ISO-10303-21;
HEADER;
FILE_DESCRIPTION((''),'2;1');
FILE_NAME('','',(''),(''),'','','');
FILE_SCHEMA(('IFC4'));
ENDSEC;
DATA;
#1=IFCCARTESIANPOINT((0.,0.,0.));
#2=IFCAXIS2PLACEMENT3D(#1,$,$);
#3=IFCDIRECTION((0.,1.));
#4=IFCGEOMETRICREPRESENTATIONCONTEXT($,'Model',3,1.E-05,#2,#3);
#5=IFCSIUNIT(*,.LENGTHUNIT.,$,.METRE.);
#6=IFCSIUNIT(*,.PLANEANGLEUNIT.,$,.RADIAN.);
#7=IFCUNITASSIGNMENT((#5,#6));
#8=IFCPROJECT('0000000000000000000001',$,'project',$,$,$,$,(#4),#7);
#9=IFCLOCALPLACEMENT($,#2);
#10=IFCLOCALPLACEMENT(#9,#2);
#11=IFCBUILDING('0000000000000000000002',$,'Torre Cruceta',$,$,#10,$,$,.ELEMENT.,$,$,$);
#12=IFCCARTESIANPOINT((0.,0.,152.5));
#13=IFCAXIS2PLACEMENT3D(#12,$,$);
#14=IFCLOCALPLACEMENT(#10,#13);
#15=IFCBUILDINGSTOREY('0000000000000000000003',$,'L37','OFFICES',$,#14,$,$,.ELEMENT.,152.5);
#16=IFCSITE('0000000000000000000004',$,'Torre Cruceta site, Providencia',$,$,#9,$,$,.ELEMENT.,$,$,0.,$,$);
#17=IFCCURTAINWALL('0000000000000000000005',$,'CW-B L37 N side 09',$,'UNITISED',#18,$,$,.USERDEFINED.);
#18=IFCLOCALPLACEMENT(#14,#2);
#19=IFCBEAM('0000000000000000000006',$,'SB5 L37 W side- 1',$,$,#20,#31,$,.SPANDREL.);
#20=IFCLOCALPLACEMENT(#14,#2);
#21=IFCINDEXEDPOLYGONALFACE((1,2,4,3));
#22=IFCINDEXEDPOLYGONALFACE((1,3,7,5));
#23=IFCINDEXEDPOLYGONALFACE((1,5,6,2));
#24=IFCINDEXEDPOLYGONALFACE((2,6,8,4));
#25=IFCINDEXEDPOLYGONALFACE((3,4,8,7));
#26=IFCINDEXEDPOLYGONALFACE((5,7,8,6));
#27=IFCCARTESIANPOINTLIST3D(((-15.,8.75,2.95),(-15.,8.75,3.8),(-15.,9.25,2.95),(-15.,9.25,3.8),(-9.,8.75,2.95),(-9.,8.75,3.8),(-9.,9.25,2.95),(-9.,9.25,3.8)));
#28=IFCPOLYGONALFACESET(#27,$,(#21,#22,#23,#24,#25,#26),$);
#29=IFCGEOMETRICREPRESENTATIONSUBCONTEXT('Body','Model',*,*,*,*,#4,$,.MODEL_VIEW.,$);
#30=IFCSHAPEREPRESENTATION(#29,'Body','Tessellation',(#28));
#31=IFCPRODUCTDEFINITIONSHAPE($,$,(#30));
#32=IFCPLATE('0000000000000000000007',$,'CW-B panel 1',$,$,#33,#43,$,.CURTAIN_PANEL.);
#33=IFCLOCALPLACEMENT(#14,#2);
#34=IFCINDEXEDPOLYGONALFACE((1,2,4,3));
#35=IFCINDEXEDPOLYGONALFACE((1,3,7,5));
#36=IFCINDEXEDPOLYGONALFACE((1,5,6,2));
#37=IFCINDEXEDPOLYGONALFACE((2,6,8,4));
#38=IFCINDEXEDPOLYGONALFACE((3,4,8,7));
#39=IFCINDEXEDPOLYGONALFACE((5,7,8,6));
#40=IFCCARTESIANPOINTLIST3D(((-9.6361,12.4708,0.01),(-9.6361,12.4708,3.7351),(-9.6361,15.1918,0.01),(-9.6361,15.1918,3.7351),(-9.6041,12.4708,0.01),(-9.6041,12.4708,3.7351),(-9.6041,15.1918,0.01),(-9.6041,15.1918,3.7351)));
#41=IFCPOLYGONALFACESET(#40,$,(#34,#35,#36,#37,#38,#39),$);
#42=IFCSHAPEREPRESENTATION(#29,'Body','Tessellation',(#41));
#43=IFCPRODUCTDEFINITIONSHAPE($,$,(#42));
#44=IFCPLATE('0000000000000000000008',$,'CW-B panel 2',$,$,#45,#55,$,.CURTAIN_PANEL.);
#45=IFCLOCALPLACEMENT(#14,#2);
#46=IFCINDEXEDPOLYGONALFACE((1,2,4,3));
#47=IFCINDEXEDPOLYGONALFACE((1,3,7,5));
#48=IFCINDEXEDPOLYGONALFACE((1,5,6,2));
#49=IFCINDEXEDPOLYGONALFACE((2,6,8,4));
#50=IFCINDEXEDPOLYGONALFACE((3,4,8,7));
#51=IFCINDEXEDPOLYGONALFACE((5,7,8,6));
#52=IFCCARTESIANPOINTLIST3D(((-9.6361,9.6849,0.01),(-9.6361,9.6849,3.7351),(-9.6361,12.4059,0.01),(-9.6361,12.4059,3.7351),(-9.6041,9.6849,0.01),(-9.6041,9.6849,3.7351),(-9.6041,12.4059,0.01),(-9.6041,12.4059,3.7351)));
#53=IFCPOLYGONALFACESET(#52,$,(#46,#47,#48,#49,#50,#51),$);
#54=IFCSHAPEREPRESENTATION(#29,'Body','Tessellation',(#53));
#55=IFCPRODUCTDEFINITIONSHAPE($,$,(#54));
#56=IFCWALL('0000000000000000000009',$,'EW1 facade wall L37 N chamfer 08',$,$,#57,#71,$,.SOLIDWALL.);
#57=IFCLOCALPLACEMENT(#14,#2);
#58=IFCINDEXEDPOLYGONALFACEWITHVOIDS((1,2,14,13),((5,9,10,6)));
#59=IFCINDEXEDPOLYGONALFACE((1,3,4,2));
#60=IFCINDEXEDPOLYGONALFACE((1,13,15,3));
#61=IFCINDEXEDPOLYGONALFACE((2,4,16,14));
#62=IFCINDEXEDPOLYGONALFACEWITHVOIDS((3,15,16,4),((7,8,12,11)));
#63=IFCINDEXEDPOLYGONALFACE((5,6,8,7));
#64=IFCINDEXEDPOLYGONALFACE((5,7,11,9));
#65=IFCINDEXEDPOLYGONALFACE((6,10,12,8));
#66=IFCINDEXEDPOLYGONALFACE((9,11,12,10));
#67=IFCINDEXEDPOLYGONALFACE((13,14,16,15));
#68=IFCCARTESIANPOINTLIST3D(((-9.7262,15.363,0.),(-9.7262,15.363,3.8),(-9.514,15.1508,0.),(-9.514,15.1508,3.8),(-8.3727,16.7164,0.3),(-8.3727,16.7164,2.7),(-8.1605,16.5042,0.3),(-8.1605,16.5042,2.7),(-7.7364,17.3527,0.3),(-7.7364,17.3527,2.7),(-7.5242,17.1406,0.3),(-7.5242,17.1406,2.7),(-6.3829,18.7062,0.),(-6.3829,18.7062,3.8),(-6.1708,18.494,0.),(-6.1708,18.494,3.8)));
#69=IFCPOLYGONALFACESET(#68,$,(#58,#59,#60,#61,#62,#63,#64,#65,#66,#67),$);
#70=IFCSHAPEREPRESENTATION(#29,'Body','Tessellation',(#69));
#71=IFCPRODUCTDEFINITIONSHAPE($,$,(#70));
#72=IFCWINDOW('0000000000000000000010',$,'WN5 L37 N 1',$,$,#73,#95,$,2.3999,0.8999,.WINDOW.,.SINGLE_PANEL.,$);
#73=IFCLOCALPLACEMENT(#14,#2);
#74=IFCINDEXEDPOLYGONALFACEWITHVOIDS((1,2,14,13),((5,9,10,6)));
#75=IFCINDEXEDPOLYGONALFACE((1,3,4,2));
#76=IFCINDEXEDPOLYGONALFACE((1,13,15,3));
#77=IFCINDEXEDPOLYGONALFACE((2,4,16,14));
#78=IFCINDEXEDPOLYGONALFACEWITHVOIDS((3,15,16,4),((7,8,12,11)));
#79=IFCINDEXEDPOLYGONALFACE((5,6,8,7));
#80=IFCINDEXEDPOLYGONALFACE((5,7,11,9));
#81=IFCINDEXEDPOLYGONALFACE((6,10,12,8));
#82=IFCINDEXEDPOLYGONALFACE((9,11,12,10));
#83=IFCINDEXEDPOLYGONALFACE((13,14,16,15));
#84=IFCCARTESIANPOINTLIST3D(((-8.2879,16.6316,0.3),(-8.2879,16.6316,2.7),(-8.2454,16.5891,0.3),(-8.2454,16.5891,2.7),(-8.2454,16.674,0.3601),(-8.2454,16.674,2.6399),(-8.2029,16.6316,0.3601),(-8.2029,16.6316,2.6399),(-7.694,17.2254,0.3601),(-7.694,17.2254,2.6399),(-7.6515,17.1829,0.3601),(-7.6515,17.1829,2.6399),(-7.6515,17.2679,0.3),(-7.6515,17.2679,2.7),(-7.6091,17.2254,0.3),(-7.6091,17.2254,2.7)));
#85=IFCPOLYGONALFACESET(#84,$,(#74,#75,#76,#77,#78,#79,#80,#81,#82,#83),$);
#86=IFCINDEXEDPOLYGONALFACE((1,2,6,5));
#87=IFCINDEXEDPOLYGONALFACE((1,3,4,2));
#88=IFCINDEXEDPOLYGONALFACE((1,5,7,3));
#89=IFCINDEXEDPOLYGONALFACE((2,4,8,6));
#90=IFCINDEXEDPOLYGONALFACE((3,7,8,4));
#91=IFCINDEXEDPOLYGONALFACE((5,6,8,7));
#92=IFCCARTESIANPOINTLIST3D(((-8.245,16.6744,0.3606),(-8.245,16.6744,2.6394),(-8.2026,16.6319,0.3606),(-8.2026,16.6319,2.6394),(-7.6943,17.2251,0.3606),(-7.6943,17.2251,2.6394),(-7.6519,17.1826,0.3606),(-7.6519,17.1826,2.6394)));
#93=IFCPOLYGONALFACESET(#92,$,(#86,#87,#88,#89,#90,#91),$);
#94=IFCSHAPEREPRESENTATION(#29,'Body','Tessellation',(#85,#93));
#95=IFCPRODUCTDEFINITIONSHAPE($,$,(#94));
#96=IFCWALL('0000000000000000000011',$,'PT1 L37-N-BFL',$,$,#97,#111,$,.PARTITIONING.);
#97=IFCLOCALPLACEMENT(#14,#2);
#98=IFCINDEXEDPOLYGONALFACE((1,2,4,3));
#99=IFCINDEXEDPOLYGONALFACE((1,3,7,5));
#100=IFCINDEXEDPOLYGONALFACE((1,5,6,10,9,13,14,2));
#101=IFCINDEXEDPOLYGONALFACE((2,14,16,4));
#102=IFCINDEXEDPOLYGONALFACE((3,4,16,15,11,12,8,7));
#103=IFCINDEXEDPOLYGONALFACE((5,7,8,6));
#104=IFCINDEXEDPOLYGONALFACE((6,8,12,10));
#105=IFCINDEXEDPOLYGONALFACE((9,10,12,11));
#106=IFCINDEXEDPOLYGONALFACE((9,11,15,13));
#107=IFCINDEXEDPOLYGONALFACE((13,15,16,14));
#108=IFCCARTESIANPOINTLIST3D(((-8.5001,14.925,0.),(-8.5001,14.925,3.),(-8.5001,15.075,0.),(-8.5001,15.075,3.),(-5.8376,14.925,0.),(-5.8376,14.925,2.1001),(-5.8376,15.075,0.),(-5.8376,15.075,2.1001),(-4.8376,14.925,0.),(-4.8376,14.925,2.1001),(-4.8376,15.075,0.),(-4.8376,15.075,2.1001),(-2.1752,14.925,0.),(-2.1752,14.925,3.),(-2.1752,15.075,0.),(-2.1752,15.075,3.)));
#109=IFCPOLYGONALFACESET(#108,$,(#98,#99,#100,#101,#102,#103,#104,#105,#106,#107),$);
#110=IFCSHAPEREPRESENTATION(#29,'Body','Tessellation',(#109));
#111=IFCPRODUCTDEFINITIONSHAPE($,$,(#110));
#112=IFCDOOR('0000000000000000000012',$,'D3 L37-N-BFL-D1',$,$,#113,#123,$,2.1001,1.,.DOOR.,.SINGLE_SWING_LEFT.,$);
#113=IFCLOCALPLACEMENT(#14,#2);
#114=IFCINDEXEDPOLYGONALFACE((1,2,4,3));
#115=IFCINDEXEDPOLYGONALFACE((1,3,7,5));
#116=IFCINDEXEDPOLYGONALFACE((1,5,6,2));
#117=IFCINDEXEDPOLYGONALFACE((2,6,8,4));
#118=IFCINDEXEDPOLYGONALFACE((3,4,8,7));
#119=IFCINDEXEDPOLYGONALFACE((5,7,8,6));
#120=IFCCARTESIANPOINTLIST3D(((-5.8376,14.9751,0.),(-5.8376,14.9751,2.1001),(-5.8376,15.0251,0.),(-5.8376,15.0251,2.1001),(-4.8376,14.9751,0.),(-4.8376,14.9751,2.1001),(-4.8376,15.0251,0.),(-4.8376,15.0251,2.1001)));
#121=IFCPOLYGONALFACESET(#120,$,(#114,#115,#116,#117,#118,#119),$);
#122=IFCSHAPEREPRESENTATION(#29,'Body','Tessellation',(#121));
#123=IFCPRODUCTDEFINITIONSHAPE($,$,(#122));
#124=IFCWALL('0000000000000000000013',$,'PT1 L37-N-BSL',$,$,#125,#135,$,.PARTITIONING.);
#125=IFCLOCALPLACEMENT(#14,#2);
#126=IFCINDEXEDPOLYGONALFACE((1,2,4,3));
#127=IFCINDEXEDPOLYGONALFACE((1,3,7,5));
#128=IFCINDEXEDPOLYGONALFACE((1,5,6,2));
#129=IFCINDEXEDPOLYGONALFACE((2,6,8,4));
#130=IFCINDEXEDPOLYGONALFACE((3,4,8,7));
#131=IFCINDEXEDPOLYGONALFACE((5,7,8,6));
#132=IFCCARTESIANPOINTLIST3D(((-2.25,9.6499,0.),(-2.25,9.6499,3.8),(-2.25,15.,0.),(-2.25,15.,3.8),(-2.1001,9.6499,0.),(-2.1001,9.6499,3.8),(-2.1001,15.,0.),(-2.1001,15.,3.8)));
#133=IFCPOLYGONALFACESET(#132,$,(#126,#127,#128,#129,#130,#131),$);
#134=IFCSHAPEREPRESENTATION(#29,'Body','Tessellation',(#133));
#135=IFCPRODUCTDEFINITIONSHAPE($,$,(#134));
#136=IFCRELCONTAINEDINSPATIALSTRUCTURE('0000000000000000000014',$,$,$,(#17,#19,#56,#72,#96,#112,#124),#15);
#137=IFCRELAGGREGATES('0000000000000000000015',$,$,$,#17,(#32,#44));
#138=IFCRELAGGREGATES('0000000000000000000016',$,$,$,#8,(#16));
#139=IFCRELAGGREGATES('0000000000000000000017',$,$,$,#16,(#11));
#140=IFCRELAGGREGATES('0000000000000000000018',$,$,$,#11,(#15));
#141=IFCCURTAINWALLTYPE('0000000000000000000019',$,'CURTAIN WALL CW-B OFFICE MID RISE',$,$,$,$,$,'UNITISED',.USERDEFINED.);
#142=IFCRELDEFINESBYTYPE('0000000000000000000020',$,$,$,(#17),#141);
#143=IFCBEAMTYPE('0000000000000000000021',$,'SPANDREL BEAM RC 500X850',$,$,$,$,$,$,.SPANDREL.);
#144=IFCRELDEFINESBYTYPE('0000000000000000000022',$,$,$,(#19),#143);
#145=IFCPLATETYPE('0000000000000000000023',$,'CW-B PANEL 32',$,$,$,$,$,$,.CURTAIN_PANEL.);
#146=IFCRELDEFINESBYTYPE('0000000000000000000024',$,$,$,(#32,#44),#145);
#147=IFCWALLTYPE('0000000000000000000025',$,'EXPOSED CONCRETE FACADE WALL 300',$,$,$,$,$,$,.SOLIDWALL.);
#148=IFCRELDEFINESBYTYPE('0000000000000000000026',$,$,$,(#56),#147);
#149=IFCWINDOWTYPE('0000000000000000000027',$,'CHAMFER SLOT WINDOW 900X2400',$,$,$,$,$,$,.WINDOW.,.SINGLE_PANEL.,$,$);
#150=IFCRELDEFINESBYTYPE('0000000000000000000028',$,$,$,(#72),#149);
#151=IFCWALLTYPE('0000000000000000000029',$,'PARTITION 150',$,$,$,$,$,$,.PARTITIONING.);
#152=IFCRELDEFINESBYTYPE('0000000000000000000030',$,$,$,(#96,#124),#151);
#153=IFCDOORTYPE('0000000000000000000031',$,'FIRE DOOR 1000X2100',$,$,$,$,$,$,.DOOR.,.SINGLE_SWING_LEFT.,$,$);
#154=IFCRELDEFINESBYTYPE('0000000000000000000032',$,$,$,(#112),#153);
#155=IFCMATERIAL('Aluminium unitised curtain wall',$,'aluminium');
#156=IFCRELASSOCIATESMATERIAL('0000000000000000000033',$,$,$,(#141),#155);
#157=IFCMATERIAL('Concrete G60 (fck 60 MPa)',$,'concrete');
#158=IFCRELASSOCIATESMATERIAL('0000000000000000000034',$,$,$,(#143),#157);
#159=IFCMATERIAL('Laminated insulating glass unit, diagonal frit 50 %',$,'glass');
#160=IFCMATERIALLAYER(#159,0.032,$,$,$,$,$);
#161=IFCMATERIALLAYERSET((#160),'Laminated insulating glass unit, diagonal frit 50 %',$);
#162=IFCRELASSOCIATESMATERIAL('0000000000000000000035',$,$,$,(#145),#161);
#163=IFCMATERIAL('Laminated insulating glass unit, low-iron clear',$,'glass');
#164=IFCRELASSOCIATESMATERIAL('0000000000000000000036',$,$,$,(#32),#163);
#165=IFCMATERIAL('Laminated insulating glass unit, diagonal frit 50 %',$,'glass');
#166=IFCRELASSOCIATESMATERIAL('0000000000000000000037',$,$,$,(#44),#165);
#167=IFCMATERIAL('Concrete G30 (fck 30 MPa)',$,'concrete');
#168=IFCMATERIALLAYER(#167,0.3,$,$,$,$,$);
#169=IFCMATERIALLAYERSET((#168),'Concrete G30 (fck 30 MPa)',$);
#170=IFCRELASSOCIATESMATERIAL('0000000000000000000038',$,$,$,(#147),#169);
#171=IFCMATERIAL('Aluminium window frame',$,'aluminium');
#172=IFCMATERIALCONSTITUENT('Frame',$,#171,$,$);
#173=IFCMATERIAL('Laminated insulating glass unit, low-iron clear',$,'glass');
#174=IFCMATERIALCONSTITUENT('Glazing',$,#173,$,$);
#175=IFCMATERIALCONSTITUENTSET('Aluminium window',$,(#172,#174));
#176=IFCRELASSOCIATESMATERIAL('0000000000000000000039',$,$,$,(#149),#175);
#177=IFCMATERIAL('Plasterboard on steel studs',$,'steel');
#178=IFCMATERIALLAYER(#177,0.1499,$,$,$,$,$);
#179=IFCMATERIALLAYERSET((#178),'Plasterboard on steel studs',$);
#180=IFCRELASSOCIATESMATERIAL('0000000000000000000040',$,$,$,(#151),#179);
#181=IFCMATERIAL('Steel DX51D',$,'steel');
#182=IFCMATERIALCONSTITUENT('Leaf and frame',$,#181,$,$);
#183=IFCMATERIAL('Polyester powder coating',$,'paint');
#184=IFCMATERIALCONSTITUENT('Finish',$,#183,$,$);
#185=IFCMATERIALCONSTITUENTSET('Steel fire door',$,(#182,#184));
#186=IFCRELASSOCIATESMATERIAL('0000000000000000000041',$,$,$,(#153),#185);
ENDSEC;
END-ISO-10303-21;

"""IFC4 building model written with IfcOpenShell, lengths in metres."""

from ifc_helpers import new_model, si_unit, direction, frame, frame_2d, origin, origin_2d, place, context, subcontext, project, spatial, rectangle, hollow_rectangle, extrude, material, layer, layer_set, constituent, constituent_set, material_profile, profile_set, type_object, element, fill, aggregate, save


model = new_model("IFC4")

# Units and contexts
model_context = context("Model", 3, precision=1e-05, world=origin(), true_north=direction((0.0, 1.0)))
body_context = subcontext(model_context, "Body", "Model", "MODEL_VIEW")
ifc_project = project(units=[si_unit("LENGTHUNIT", "METRE"), si_unit("PLANEANGLEUNIT", "RADIAN")], contexts=[model_context])

# Site, building, storey
site_placement = place(None, origin())
site = spatial("IfcSite", under=ifc_project, at=site_placement, Name="Torre Cruceta site, Providencia", CompositionType="ELEMENT", RefElevation=0.0)
building_placement = place(site_placement, origin())
building = spatial("IfcBuilding", under=site, at=building_placement, Name="Torre Cruceta", CompositionType="ELEMENT")
storey_placement = place(building_placement, frame((0.0, 0.0, 152.5)))
storey = spatial("IfcBuildingStorey", under=building, at=storey_placement, Name="L37", Description="OFFICES", CompositionType="ELEMENT", Elevation=152.5)

# Curtain wall
ifc_material_1 = material(Name="Aluminium unitised curtain wall", Category="aluminium")
curtain_wall_type = type_object("IfcCurtainWallType", Name="CURTAIN WALL CW-B OFFICE MID RISE", ElementType="UNITISED", PredefinedType="USERDEFINED", material=ifc_material_1)
curtain_wall_placement = place(storey_placement, origin())
curtain_wall = element("IfcCurtainWall", 1, at=curtain_wall_placement, inside=storey, type_object=curtain_wall_type, Name="CW-B L37 N side 09", ObjectType="UNITISED", PredefinedType="USERDEFINED")

# Beam
ifc_material_2 = material(Name="Concrete G60 (fck 60 MPa)", Category="concrete")
ifc_material_profile_1 = material_profile(ifc_material_2, rectangle(XDim=0.5, YDim=0.8501, at=origin_2d()), Name="RC 500X850")
ifc_profile_set_1 = profile_set([ifc_material_profile_1], Name="Concrete G60 (fck 60 MPa)")
beam_type_1 = type_object("IfcBeamType", Name="SPANDREL BEAM RC 500X850", PredefinedType="SPANDREL", material=ifc_profile_set_1)
beam_1_placement = place(storey_placement, frame((-9.0, 9.0, 3.375), z_axis=(-1.0, 0.0, 0.0), x_axis=(0.0, -1.0, 0.0)))
element("IfcBeam", 2, at=beam_1_placement, inside=storey, type_object=beam_type_1, Name="SB5 L37 W side- 1", PredefinedType="SPANDREL", context=body_context, shape_type="SweptSolid", body=[
    extrude(rectangle(XDim=0.5, YDim=0.8501, at=origin_2d()), origin(), (0.0, 0.0, 1.0), 6.0),
])

# Plates
ifc_material_3 = material(Name="Laminated insulating glass unit, low-iron clear", Category="glass")
ifc_material_4 = material(Name="Laminated insulating glass unit, diagonal frit 50 %", Category="glass")
ifc_layer_1 = layer(ifc_material_4, 0.032)
ifc_layer_set_1 = layer_set([ifc_layer_1], Name="Laminated insulating glass unit, diagonal frit 50 %")
plate_type = type_object("IfcPlateType", Name="CW-B PANEL 32", PredefinedType="CURTAIN_PANEL", material=ifc_layer_set_1)
plate_1_placement = place(storey_placement, frame((-9.6201, 13.8313, 0.01), z_axis=(0.0, 0.0, 1.0), x_axis=(0.0, -1.0, 0.0)))
plate_1 = element("IfcPlate", 3, at=plate_1_placement, type_object=plate_type, material=ifc_material_3, Name="CW-B panel 1", PredefinedType="CURTAIN_PANEL", context=body_context, shape_type="SweptSolid", body=[
    extrude(rectangle(XDim=2.7209, YDim=0.032, at=origin_2d()), origin(), (0.0, 0.0, 1.0), 3.7251),
])
ifc_material_5 = material(Name="Laminated insulating glass unit, diagonal frit 50 %", Category="glass")
plate_2_placement = place(storey_placement, frame((-9.6201, 11.0454, 0.01), z_axis=(0.0, 0.0, 1.0), x_axis=(0.0, -1.0, 0.0)))
plate_2 = element("IfcPlate", 4, at=plate_2_placement, type_object=plate_type, material=ifc_material_5, Name="CW-B panel 2", PredefinedType="CURTAIN_PANEL", context=body_context, shape_type="SweptSolid", body=[
    extrude(rectangle(XDim=2.7209, YDim=0.032, at=origin_2d()), origin(), (0.0, 0.0, 1.0), 3.7251),
])
aggregate(curtain_wall, [plate_1, plate_2])

# Wall, opening, window
ifc_material_6 = material(Name="Concrete G30 (fck 30 MPa)", Category="concrete")
ifc_layer_2 = layer(ifc_material_6, 0.3)
ifc_layer_set_2 = layer_set([ifc_layer_2], Name="Concrete G30 (fck 30 MPa)")
wall_type_1 = type_object("IfcWallType", Name="EXPOSED CONCRETE FACADE WALL 300", PredefinedType="SOLIDWALL", material=ifc_layer_set_2)
wall_1_placement = place(storey_placement, frame((-6.2769, 18.6001, 0.0), z_axis=(0.0, 0.0, 1.0), x_axis=(-0.707107, -0.707107, 0.0)))
wall_1 = element("IfcWall", 5, at=wall_1_placement, inside=storey, type_object=wall_type_1, Name="EW1 facade wall L37 N chamfer 08", PredefinedType="SOLIDWALL", context=body_context, shape_type="SweptSolid", body=[
    extrude(rectangle(XDim=4.728, YDim=0.3, at=frame_2d((2.364, 0.0))), origin(), (0.0, 0.0, 1.0), 3.8),
])
opening_1_placement = place(wall_1_placement, frame((1.9141, 0.0, 0.3)))
opening_1 = element("IfcOpeningElement", 6, at=opening_1_placement, cuts=wall_1, PredefinedType="OPENING", context=body_context, shape_type="SweptSolid", body=[
    extrude(rectangle(XDim=0.8999, YDim=2.3999, at=frame_2d((0.45, 1.2))), frame((0.0, 0.1599, 0.0), z_axis=(0.0, -1.0, 0.0), x_axis=(1.0, 0.0, 0.0)), (0.0, 0.0, 1.0), 0.3201),
])
ifc_material_7 = material(Name="Aluminium window frame", Category="aluminium")
ifc_constituent_1 = constituent(ifc_material_7, Name="Frame")
ifc_material_8 = material(Name="Laminated insulating glass unit, low-iron clear", Category="glass")
ifc_constituent_2 = constituent(ifc_material_8, Name="Glazing")
ifc_constituent_set_1 = constituent_set(constituents=[ifc_constituent_1, ifc_constituent_2], Name="Aluminium window")
window_type = type_object("IfcWindowType", Name="CHAMFER SLOT WINDOW 900X2400", PartitioningType="SINGLE_PANEL", PredefinedType="WINDOW", material=ifc_constituent_set_1)
window_placement = place(opening_1_placement, origin())
window = element("IfcWindow", 7, at=window_placement, inside=storey, type_object=window_type, Name="WN5 L37 N 1", OverallHeight=2.3999, OverallWidth=0.8999, PartitioningType="SINGLE_PANEL", PredefinedType="WINDOW", context=body_context, shape_type="SweptSolid", body=[
    extrude(hollow_rectangle(XDim=0.8999, YDim=2.3999, WallThickness=0.0601, at=frame_2d((0.45, 1.2))), frame((0.0, 0.03, 0.0), z_axis=(0.0, -1.0, 0.0), x_axis=(1.0, 0.0, 0.0)), (0.0, 0.0, 1.0), 0.0601),
    extrude(rectangle(XDim=0.7788, YDim=2.2788, at=frame_2d((0.45, 1.2))), frame((0.0, 0.03, 0.0), z_axis=(0.0, -1.0, 0.0), x_axis=(1.0, 0.0, 0.0)), (0.0, 0.0, 1.0), 0.0601),
])
fill(opening_1, window)

# Wall, opening, door
ifc_material_9 = material(Name="Plasterboard on steel studs", Category="steel")
ifc_layer_3 = layer(ifc_material_9, 0.1499)
ifc_layer_set_3 = layer_set([ifc_layer_3], Name="Plasterboard on steel studs")
wall_type_2 = type_object("IfcWallType", Name="PARTITION 150", PredefinedType="PARTITIONING", material=ifc_layer_set_3)
wall_2_placement = place(storey_placement, frame((-2.175, 15.0, 0.0), z_axis=(0.0, 0.0, 1.0), x_axis=(-1.0, 0.0, 0.0)))
wall_2 = element("IfcWall", 8, at=wall_2_placement, inside=storey, type_object=wall_type_2, Name="PT1 L37-N-BFL", PredefinedType="PARTITIONING", context=body_context, shape_type="SweptSolid", body=[
    extrude(rectangle(XDim=6.325, YDim=0.1499, at=frame_2d((3.1626, 0.0))), origin(), (0.0, 0.0, 1.0), 3.0),
])
opening_2_placement = place(wall_2_placement, frame((2.6626, 0.0, 0.0)))
opening_2 = element("IfcOpeningElement", 9, at=opening_2_placement, cuts=wall_2, PredefinedType="OPENING", context=body_context, shape_type="SweptSolid", body=[
    extrude(rectangle(XDim=1.0, YDim=2.1001, at=frame_2d((0.5, 1.05))), frame((0.0, 0.085, 0.0), z_axis=(0.0, -1.0, 0.0), x_axis=(1.0, 0.0, 0.0)), (0.0, 0.0, 1.0), 0.1699),
])
ifc_material_10 = material(Name="Steel DX51D", Category="steel")
ifc_constituent_3 = constituent(ifc_material_10, Name="Leaf and frame")
ifc_material_11 = material(Name="Polyester powder coating", Category="paint")
ifc_constituent_4 = constituent(ifc_material_11, Name="Finish")
ifc_constituent_set_2 = constituent_set(constituents=[ifc_constituent_3, ifc_constituent_4], Name="Steel fire door")
door_type_1 = type_object("IfcDoorType", Name="FIRE DOOR 1000X2100", OperationType="SINGLE_SWING_LEFT", PredefinedType="DOOR", material=ifc_constituent_set_2)
door_1_placement = place(opening_2_placement, frame((1.0, 0.0, 0.0), z_axis=(0.0, 0.0, 1.0), x_axis=(-1.0, 0.0, 0.0)))
door_1 = element("IfcDoor", 10, at=door_1_placement, inside=storey, type_object=door_type_1, Name="D3 L37-N-BFL-D1", OperationType="SINGLE_SWING_LEFT", OverallHeight=2.1001, OverallWidth=1.0, PredefinedType="DOOR", context=body_context, shape_type="SweptSolid", body=[
    extrude(rectangle(XDim=1.0, YDim=2.1001, at=frame_2d((0.5, 1.05))), frame((0.0, 0.0251, 0.0), z_axis=(0.0, -1.0, 0.0), x_axis=(1.0, 0.0, 0.0)), (0.0, 0.0, 1.0), 0.05),
])
fill(opening_2, door_1)

# Wall
wall_3_placement = place(storey_placement, frame((-2.175, 9.6499, 0.0), z_axis=(0.0, 0.0, 1.0), x_axis=(0.0, 1.0, 0.0)))
element("IfcWall", 11, at=wall_3_placement, inside=storey, type_object=wall_type_2, Name="PT1 L37-N-BSL", PredefinedType="PARTITIONING", context=body_context, shape_type="SweptSolid", body=[
    extrude(rectangle(XDim=5.3501, YDim=0.1499, at=frame_2d((2.675, 0.0))), origin(), (0.0, 0.0, 1.0), 3.8),
])

save(model, "model.ifc")
